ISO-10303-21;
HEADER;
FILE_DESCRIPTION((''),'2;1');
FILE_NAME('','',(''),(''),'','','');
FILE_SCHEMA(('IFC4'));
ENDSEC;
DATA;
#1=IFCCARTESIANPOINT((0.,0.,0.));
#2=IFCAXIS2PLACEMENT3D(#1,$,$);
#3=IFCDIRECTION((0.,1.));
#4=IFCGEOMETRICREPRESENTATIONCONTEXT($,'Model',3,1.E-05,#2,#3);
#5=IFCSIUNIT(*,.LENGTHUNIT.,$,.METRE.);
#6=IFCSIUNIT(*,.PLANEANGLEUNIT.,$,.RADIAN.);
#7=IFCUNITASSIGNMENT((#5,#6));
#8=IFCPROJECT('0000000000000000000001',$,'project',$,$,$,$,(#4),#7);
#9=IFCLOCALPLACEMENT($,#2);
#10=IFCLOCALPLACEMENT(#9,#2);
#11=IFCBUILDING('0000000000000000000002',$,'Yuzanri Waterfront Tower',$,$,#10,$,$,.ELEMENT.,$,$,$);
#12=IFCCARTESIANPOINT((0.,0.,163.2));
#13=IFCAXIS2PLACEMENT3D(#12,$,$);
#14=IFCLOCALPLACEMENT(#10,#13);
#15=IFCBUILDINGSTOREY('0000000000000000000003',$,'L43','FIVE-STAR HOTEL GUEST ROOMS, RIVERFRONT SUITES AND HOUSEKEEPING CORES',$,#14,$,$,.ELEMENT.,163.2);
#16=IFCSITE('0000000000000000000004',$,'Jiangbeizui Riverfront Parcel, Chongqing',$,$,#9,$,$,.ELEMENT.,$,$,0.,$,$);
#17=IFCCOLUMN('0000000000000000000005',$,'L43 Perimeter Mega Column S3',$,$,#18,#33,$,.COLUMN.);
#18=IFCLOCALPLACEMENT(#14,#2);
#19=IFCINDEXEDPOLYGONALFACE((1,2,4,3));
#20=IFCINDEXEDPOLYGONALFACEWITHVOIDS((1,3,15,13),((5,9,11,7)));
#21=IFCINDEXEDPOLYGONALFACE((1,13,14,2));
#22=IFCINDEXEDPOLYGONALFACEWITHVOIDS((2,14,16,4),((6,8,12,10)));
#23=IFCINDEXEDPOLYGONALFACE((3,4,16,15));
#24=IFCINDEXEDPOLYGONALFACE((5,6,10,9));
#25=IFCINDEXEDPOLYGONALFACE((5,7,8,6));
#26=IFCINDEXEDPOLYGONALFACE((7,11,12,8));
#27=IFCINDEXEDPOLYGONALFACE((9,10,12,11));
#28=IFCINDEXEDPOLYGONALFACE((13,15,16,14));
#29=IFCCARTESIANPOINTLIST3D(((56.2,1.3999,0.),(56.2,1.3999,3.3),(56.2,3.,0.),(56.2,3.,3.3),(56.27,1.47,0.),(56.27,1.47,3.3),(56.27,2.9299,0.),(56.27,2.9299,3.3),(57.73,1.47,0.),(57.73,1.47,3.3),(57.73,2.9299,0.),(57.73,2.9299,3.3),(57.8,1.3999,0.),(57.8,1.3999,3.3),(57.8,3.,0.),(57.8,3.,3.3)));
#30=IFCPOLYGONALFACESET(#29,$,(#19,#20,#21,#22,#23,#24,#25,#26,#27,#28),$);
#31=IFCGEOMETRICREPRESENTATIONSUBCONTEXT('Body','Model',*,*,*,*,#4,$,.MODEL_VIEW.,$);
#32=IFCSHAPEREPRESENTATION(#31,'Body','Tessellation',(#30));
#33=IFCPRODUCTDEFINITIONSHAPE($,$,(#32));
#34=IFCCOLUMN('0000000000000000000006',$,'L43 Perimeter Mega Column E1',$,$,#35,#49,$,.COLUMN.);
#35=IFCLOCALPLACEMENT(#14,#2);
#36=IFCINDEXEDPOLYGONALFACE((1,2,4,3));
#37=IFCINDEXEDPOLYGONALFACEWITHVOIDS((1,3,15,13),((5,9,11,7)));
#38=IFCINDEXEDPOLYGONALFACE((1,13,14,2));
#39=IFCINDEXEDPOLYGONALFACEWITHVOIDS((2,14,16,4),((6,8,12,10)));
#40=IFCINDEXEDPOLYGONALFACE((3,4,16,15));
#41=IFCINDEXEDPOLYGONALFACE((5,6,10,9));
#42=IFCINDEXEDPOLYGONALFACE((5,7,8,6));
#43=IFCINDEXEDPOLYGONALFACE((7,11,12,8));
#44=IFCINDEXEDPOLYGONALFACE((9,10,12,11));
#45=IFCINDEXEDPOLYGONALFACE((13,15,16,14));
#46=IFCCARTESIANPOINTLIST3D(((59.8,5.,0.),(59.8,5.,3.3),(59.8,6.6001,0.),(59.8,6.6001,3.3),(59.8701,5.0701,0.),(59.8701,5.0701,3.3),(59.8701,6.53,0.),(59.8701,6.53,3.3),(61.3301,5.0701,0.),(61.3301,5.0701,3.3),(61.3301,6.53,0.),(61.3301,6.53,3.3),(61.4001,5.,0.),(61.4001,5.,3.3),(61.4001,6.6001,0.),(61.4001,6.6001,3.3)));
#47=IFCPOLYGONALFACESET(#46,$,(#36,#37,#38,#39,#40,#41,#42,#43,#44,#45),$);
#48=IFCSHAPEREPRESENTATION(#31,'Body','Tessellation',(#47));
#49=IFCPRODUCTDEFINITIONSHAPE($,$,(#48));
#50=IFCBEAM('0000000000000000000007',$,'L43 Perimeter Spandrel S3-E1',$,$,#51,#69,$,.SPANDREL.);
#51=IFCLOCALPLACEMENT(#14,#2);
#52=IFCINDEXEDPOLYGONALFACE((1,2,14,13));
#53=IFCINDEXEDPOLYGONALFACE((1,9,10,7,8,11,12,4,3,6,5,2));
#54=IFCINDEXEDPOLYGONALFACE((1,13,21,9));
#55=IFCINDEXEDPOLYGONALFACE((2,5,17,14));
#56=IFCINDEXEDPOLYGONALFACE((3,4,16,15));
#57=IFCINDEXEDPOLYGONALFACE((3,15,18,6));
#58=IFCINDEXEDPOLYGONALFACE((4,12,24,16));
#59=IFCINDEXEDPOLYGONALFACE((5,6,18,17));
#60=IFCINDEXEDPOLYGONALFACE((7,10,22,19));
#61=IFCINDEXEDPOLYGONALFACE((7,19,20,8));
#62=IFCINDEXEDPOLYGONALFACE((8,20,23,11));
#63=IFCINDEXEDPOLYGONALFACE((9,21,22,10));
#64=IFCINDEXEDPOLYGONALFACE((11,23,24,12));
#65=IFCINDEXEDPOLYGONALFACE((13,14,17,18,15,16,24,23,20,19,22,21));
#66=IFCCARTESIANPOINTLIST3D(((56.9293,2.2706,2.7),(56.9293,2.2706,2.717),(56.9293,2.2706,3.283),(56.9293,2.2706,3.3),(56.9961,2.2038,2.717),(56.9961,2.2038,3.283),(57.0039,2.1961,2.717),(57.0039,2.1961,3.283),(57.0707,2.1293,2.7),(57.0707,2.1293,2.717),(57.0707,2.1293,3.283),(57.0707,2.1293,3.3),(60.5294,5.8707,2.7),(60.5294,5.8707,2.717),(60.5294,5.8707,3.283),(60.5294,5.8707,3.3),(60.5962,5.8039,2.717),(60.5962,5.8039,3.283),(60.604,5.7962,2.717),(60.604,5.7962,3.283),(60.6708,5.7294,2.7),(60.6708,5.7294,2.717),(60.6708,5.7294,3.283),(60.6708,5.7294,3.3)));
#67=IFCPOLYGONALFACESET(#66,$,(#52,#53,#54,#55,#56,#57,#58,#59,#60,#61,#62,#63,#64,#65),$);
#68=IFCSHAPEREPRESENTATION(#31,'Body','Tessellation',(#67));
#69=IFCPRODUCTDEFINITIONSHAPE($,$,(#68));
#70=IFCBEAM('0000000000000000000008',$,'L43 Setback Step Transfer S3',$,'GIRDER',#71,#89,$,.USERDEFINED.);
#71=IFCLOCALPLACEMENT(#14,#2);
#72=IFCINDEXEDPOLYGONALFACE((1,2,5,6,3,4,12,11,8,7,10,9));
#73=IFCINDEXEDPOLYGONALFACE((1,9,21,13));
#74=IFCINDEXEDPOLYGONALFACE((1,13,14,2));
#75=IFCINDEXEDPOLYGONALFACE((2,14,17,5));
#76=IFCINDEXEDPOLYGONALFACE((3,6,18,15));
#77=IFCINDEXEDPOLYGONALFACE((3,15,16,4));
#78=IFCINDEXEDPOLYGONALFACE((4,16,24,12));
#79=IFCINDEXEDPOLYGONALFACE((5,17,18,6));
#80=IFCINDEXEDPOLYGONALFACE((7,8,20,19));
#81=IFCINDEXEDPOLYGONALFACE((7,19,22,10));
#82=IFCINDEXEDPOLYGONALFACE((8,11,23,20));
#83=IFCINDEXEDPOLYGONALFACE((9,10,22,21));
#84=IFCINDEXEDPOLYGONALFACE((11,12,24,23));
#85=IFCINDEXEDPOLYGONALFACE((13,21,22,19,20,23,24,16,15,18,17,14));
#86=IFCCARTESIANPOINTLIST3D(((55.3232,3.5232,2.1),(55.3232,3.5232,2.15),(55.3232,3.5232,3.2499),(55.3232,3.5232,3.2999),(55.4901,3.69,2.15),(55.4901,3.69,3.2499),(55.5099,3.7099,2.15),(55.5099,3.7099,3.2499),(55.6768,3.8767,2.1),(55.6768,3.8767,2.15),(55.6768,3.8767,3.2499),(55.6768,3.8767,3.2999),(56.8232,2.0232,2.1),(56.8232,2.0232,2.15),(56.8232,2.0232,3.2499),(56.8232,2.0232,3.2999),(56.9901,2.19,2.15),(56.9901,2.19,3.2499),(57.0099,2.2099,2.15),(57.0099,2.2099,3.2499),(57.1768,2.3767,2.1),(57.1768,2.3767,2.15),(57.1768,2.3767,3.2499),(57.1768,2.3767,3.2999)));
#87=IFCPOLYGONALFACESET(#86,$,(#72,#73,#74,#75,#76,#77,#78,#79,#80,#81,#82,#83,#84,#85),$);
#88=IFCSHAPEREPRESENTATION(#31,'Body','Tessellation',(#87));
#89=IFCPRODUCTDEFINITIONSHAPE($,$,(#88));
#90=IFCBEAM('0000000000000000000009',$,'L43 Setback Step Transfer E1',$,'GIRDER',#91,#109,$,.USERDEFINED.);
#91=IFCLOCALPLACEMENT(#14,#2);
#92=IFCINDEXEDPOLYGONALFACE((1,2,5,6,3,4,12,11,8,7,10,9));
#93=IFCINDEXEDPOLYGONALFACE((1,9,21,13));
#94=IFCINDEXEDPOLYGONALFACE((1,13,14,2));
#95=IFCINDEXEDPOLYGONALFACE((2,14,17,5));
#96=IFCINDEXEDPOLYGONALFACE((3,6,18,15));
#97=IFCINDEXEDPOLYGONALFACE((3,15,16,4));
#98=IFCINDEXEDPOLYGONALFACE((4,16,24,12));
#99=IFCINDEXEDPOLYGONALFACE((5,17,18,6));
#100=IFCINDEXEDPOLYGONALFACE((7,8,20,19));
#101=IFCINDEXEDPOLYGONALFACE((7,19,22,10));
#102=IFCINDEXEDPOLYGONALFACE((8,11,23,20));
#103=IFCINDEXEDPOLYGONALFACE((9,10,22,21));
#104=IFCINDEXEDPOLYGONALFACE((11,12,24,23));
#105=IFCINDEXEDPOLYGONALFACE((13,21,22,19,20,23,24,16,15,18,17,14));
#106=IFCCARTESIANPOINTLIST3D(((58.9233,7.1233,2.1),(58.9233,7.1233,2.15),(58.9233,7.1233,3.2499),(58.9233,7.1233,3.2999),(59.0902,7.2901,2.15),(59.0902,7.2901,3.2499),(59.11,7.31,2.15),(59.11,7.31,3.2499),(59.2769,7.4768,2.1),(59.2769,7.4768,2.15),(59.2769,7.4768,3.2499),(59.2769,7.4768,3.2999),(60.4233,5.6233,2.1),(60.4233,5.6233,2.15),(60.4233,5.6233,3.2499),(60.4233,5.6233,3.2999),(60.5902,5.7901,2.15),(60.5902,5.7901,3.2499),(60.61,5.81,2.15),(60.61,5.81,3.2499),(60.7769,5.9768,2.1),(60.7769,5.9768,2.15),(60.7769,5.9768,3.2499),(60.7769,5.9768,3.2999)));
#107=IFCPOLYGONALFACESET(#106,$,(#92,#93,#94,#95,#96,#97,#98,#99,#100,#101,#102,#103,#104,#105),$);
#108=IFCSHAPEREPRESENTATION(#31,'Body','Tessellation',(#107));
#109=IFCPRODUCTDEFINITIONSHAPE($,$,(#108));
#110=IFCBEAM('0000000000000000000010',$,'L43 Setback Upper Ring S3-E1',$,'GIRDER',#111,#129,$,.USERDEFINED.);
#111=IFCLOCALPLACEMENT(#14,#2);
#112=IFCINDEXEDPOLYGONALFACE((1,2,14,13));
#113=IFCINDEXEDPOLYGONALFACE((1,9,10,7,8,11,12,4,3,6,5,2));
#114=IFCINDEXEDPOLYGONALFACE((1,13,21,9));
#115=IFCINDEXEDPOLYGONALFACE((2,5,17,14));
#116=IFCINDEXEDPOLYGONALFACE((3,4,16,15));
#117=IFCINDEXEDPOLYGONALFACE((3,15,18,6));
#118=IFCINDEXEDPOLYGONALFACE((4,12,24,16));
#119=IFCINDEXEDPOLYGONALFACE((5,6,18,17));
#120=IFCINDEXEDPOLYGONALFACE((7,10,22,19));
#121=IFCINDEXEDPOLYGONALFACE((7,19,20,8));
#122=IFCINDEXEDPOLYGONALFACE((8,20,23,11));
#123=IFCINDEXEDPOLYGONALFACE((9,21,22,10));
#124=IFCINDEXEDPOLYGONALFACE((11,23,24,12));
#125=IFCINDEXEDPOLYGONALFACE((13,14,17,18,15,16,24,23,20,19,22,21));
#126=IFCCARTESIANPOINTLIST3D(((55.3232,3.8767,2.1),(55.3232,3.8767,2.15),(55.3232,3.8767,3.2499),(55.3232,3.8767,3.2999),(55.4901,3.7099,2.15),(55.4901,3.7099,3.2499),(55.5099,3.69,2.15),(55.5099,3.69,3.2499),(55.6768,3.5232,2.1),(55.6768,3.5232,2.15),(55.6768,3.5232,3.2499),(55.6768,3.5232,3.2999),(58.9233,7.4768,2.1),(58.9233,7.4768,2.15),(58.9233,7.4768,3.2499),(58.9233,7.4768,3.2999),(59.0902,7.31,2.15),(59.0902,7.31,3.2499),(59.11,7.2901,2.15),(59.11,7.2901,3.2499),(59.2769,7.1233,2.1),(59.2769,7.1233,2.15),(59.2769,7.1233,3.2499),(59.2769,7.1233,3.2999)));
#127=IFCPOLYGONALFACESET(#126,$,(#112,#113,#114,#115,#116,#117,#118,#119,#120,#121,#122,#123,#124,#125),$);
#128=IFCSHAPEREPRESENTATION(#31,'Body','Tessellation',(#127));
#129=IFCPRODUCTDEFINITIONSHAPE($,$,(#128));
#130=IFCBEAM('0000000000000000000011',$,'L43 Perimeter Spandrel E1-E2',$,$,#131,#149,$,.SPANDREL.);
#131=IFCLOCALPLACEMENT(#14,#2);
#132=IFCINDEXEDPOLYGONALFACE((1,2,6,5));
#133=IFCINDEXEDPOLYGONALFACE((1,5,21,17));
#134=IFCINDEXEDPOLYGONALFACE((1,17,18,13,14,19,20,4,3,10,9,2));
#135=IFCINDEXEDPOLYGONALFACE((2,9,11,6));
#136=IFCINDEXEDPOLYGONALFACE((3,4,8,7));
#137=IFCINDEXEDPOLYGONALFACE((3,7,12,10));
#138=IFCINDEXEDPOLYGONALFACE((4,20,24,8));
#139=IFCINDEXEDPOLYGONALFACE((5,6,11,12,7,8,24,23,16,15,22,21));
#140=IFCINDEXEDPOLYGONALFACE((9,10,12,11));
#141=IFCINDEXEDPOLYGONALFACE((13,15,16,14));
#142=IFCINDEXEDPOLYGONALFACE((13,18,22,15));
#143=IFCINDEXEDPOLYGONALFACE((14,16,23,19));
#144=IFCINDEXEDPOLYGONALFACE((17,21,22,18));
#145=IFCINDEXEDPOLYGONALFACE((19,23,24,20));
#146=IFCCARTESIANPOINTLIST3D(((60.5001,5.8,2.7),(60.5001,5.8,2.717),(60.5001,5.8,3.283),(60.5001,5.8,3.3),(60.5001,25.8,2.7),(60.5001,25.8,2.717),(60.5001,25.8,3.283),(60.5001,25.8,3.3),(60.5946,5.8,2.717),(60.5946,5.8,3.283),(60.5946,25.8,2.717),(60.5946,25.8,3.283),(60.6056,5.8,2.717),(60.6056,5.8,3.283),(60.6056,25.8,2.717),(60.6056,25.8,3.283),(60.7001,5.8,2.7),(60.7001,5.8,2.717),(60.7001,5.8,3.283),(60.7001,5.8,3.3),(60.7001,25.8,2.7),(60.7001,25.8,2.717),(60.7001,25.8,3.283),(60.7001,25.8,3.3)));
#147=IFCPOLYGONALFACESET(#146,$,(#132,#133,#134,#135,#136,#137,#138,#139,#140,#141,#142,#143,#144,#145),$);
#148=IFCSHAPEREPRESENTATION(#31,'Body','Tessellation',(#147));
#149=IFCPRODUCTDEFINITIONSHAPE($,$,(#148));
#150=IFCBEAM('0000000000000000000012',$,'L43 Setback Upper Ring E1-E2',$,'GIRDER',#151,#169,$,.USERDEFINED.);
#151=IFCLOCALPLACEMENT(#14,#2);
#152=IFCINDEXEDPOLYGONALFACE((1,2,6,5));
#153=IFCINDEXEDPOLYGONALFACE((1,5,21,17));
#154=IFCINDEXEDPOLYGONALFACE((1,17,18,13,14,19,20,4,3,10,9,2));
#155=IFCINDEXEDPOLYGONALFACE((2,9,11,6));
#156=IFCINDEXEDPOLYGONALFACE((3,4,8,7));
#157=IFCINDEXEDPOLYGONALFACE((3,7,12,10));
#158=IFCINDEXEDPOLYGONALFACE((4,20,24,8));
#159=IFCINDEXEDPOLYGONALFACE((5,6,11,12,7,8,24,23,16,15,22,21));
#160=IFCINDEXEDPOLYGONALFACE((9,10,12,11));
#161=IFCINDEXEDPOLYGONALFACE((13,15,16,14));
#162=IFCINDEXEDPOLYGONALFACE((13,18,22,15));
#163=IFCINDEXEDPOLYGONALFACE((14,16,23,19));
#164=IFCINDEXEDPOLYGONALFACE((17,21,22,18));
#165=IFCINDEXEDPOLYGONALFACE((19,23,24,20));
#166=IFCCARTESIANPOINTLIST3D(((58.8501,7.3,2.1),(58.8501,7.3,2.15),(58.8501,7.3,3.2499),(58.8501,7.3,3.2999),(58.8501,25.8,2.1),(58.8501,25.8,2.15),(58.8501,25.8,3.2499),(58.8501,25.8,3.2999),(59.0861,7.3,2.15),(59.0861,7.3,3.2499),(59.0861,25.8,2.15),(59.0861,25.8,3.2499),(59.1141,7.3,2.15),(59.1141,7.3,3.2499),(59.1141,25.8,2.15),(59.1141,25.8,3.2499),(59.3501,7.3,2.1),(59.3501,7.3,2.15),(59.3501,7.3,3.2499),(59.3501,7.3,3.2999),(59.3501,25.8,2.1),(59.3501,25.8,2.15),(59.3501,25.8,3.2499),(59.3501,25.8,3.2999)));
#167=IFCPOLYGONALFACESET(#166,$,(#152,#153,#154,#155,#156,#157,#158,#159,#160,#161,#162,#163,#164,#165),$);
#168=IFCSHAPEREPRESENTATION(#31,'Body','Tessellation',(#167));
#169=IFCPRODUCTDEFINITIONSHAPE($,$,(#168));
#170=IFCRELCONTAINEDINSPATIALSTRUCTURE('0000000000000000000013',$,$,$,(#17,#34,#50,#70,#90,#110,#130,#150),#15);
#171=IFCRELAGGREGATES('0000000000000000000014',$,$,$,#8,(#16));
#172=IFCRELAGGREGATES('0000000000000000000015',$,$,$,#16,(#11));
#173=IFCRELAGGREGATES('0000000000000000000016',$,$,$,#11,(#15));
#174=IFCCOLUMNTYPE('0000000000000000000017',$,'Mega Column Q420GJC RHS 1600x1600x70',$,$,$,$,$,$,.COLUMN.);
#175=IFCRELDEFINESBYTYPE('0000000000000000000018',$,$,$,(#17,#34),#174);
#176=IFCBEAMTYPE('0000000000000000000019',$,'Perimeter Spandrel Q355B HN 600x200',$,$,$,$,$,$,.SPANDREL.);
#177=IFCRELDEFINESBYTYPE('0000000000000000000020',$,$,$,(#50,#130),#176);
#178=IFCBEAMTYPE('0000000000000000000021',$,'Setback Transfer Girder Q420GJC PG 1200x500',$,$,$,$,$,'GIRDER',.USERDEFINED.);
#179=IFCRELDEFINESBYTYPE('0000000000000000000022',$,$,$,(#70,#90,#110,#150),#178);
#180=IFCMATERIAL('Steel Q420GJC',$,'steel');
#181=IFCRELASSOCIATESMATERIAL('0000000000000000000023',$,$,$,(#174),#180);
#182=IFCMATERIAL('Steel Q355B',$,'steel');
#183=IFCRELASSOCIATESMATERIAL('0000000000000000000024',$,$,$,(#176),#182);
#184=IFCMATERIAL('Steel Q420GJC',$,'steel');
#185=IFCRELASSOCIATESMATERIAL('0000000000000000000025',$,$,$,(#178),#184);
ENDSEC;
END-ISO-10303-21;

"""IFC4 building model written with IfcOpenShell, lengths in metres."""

from ifc_helpers import new_model, si_unit, direction, frame, origin, origin_2d, place, context, subcontext, project, spatial, hollow_rectangle, i_section, extrude, source, transform, mapped, material, material_profile, profile_set, type_object, element, save


model = new_model("IFC4")

# Units and contexts
model_context = context("Model", 3, precision=1e-05, world=origin(), true_north=direction((0.0, 1.0)))
body_context = subcontext(model_context, "Body", "Model", "MODEL_VIEW")
ifc_project = project(units=[si_unit("LENGTHUNIT", "METRE"), si_unit("PLANEANGLEUNIT", "RADIAN")], contexts=[model_context])

# Site, building, storey
site_placement = place(None, origin())
site = spatial("IfcSite", under=ifc_project, at=site_placement, Name="Jiangbeizui Riverfront Parcel, Chongqing", CompositionType="ELEMENT", RefElevation=0.0)
building_placement = place(site_placement, origin())
building = spatial("IfcBuilding", under=site, at=building_placement, Name="Yuzanri Waterfront Tower", CompositionType="ELEMENT")
storey_placement = place(building_placement, frame((0.0, 0.0, 163.2)))
storey = spatial("IfcBuildingStorey", under=building, at=storey_placement, Name="L43", Description="FIVE-STAR HOTEL GUEST ROOMS, RIVERFRONT SUITES AND HOUSEKEEPING CORES", CompositionType="ELEMENT", Elevation=163.2)

# Columns
ifc_material_1 = material(Name="Steel Q420GJC", Category="steel")
ifc_material_profile_1 = material_profile(ifc_material_1, hollow_rectangle(XDim=1.6001, YDim=1.6001, WallThickness=0.0701, at=origin_2d()), Name="RHS 1600x1600x70")
ifc_profile_set_1 = profile_set([ifc_material_profile_1], Name="Steel Q420GJC")
column_type = type_object("IfcColumnType", Name="Mega Column Q420GJC RHS 1600x1600x70", PredefinedType="COLUMN", material=ifc_profile_set_1)
shared_shape_1 = source(origin(), body_context, "Body", "SweptSolid", [
    extrude(hollow_rectangle(XDim=1.6001, YDim=1.6001, WallThickness=0.0701, at=origin_2d()), origin(), (0.0, 0.0, 1.0), 3.3),
])
for number, where, z_axis, x_axis, name in (
    (1, (57.0, 2.2, 0.0), (0.0, 0.0, 1.0), (1.0, 0.0, 0.0), "L43 Perimeter Mega Column S3"),
    (2, (60.6001, 5.8, 0.0), (0.0, 0.0, 1.0), (1.0, 0.0, 0.0), "L43 Perimeter Mega Column E1"),
):
    element("IfcColumn", number, at=place(storey_placement, frame(where, z_axis=z_axis, x_axis=x_axis)), inside=storey, type_object=column_type, Name=name, PredefinedType="COLUMN", context=body_context, shape_type="MappedRepresentation", body=[
        mapped(shared_shape_1, transform((0.0, 0.0, 0.0), scale=1.0)),
    ])

# Beams
ifc_material_2 = material(Name="Steel Q355B", Category="steel")
ifc_material_profile_2 = material_profile(ifc_material_2, i_section(OverallWidth=0.2, OverallDepth=0.6001, WebThickness=0.011, FlangeThickness=0.0171, at=origin_2d()), Name="HN 600x200x11x17")
ifc_profile_set_2 = profile_set([ifc_material_profile_2], Name="Steel Q355B")
beam_type_1 = type_object("IfcBeamType", Name="Perimeter Spandrel Q355B HN 600x200", PredefinedType="SPANDREL", material=ifc_profile_set_2)
shared_shape_2 = source(origin(), body_context, "Body", "SweptSolid", [
    extrude(i_section(OverallWidth=0.2, OverallDepth=0.6001, WebThickness=0.011, FlangeThickness=0.0171, at=origin_2d()), origin(), (0.0, 0.0, 1.0), 5.0913),
])
beam_1_placement = place(storey_placement, frame((57.0, 2.2, 3.0), z_axis=(0.707107, 0.707107, 0.0), x_axis=(-0.707107, 0.707107, 0.0)))
element("IfcBeam", 3, at=beam_1_placement, inside=storey, type_object=beam_type_1, Name="L43 Perimeter Spandrel S3-E1", PredefinedType="SPANDREL", context=body_context, shape_type="MappedRepresentation", body=[
    mapped(shared_shape_2, transform((0.0, 0.0, 0.0), scale=1.0)),
])
ifc_material_3 = material(Name="Steel Q420GJC", Category="steel")
ifc_material_profile_3 = material_profile(ifc_material_3, i_section(OverallWidth=0.5, OverallDepth=1.2, WebThickness=0.0281, FlangeThickness=0.05, at=origin_2d()), Name="PG 1200x500x28x50")
ifc_profile_set_3 = profile_set([ifc_material_profile_3], Name="Steel Q420GJC")
beam_type_2 = type_object("IfcBeamType", Name="Setback Transfer Girder Q420GJC PG 1200x500", ElementType="GIRDER", PredefinedType="USERDEFINED", material=ifc_profile_set_3)
shared_shape_3 = source(origin(), body_context, "Body", "SweptSolid", [
    extrude(i_section(OverallWidth=0.5, OverallDepth=1.2, WebThickness=0.0281, FlangeThickness=0.05, at=origin_2d()), origin(), (0.0, 0.0, 1.0), 2.1213),
])
for number, where, z_axis, x_axis, name in (
    (4, (55.5, 3.7, 2.7), (0.707107, -0.707107, 0.0), (0.707107, 0.707107, 0.0), "L43 Setback Step Transfer S3"),
    (5, (59.1001, 7.3, 2.7), (0.707107, -0.707107, 0.0), (0.707107, 0.707107, 0.0), "L43 Setback Step Transfer E1"),
):
    element("IfcBeam", number, at=place(storey_placement, frame(where, z_axis=z_axis, x_axis=x_axis)), inside=storey, type_object=beam_type_2, Name=name, ObjectType="GIRDER", PredefinedType="USERDEFINED", context=body_context, shape_type="MappedRepresentation", body=[
        mapped(shared_shape_3, transform((0.0, 0.0, 0.0), scale=1.0)),
    ])
shared_shape_4 = source(origin(), body_context, "Body", "SweptSolid", [
    extrude(i_section(OverallWidth=0.5, OverallDepth=1.2, WebThickness=0.0281, FlangeThickness=0.05, at=origin_2d()), origin(), (0.0, 0.0, 1.0), 5.0913),
])
beam_2_placement = place(storey_placement, frame((55.5, 3.7, 2.7), z_axis=(0.707107, 0.707107, 0.0), x_axis=(-0.707107, 0.707107, 0.0)))
element("IfcBeam", 6, at=beam_2_placement, inside=storey, type_object=beam_type_2, Name="L43 Setback Upper Ring S3-E1", ObjectType="GIRDER", PredefinedType="USERDEFINED", context=body_context, shape_type="MappedRepresentation", body=[
    mapped(shared_shape_4, transform((0.0, 0.0, 0.0), scale=1.0)),
])
shared_shape_5 = source(origin(), body_context, "Body", "SweptSolid", [
    extrude(i_section(OverallWidth=0.2, OverallDepth=0.6001, WebThickness=0.011, FlangeThickness=0.0171, at=origin_2d()), origin(), (0.0, 0.0, 1.0), 20.0),
])
beam_3_placement = place(storey_placement, frame((60.6001, 5.8, 3.0), z_axis=(0.0, 1.0, 0.0), x_axis=(-1.0, 0.0, 0.0)))
element("IfcBeam", 7, at=beam_3_placement, inside=storey, type_object=beam_type_1, Name="L43 Perimeter Spandrel E1-E2", PredefinedType="SPANDREL", context=body_context, shape_type="MappedRepresentation", body=[
    mapped(shared_shape_5, transform((0.0, 0.0, 0.0), scale=1.0)),
])
shared_shape_6 = source(origin(), body_context, "Body", "SweptSolid", [
    extrude(i_section(OverallWidth=0.5, OverallDepth=1.2, WebThickness=0.0281, FlangeThickness=0.05, at=origin_2d()), origin(), (0.0, 0.0, 1.0), 18.5),
])
beam_4_placement = place(storey_placement, frame((59.1001, 7.3, 2.7), z_axis=(0.0, 1.0, 0.0), x_axis=(-1.0, 0.0, 0.0)))
element("IfcBeam", 8, at=beam_4_placement, inside=storey, type_object=beam_type_2, Name="L43 Setback Upper Ring E1-E2", ObjectType="GIRDER", PredefinedType="USERDEFINED", context=body_context, shape_type="MappedRepresentation", body=[
    mapped(shared_shape_6, transform((0.0, 0.0, 0.0), scale=1.0)),
])

save(model, "model.ifc")
